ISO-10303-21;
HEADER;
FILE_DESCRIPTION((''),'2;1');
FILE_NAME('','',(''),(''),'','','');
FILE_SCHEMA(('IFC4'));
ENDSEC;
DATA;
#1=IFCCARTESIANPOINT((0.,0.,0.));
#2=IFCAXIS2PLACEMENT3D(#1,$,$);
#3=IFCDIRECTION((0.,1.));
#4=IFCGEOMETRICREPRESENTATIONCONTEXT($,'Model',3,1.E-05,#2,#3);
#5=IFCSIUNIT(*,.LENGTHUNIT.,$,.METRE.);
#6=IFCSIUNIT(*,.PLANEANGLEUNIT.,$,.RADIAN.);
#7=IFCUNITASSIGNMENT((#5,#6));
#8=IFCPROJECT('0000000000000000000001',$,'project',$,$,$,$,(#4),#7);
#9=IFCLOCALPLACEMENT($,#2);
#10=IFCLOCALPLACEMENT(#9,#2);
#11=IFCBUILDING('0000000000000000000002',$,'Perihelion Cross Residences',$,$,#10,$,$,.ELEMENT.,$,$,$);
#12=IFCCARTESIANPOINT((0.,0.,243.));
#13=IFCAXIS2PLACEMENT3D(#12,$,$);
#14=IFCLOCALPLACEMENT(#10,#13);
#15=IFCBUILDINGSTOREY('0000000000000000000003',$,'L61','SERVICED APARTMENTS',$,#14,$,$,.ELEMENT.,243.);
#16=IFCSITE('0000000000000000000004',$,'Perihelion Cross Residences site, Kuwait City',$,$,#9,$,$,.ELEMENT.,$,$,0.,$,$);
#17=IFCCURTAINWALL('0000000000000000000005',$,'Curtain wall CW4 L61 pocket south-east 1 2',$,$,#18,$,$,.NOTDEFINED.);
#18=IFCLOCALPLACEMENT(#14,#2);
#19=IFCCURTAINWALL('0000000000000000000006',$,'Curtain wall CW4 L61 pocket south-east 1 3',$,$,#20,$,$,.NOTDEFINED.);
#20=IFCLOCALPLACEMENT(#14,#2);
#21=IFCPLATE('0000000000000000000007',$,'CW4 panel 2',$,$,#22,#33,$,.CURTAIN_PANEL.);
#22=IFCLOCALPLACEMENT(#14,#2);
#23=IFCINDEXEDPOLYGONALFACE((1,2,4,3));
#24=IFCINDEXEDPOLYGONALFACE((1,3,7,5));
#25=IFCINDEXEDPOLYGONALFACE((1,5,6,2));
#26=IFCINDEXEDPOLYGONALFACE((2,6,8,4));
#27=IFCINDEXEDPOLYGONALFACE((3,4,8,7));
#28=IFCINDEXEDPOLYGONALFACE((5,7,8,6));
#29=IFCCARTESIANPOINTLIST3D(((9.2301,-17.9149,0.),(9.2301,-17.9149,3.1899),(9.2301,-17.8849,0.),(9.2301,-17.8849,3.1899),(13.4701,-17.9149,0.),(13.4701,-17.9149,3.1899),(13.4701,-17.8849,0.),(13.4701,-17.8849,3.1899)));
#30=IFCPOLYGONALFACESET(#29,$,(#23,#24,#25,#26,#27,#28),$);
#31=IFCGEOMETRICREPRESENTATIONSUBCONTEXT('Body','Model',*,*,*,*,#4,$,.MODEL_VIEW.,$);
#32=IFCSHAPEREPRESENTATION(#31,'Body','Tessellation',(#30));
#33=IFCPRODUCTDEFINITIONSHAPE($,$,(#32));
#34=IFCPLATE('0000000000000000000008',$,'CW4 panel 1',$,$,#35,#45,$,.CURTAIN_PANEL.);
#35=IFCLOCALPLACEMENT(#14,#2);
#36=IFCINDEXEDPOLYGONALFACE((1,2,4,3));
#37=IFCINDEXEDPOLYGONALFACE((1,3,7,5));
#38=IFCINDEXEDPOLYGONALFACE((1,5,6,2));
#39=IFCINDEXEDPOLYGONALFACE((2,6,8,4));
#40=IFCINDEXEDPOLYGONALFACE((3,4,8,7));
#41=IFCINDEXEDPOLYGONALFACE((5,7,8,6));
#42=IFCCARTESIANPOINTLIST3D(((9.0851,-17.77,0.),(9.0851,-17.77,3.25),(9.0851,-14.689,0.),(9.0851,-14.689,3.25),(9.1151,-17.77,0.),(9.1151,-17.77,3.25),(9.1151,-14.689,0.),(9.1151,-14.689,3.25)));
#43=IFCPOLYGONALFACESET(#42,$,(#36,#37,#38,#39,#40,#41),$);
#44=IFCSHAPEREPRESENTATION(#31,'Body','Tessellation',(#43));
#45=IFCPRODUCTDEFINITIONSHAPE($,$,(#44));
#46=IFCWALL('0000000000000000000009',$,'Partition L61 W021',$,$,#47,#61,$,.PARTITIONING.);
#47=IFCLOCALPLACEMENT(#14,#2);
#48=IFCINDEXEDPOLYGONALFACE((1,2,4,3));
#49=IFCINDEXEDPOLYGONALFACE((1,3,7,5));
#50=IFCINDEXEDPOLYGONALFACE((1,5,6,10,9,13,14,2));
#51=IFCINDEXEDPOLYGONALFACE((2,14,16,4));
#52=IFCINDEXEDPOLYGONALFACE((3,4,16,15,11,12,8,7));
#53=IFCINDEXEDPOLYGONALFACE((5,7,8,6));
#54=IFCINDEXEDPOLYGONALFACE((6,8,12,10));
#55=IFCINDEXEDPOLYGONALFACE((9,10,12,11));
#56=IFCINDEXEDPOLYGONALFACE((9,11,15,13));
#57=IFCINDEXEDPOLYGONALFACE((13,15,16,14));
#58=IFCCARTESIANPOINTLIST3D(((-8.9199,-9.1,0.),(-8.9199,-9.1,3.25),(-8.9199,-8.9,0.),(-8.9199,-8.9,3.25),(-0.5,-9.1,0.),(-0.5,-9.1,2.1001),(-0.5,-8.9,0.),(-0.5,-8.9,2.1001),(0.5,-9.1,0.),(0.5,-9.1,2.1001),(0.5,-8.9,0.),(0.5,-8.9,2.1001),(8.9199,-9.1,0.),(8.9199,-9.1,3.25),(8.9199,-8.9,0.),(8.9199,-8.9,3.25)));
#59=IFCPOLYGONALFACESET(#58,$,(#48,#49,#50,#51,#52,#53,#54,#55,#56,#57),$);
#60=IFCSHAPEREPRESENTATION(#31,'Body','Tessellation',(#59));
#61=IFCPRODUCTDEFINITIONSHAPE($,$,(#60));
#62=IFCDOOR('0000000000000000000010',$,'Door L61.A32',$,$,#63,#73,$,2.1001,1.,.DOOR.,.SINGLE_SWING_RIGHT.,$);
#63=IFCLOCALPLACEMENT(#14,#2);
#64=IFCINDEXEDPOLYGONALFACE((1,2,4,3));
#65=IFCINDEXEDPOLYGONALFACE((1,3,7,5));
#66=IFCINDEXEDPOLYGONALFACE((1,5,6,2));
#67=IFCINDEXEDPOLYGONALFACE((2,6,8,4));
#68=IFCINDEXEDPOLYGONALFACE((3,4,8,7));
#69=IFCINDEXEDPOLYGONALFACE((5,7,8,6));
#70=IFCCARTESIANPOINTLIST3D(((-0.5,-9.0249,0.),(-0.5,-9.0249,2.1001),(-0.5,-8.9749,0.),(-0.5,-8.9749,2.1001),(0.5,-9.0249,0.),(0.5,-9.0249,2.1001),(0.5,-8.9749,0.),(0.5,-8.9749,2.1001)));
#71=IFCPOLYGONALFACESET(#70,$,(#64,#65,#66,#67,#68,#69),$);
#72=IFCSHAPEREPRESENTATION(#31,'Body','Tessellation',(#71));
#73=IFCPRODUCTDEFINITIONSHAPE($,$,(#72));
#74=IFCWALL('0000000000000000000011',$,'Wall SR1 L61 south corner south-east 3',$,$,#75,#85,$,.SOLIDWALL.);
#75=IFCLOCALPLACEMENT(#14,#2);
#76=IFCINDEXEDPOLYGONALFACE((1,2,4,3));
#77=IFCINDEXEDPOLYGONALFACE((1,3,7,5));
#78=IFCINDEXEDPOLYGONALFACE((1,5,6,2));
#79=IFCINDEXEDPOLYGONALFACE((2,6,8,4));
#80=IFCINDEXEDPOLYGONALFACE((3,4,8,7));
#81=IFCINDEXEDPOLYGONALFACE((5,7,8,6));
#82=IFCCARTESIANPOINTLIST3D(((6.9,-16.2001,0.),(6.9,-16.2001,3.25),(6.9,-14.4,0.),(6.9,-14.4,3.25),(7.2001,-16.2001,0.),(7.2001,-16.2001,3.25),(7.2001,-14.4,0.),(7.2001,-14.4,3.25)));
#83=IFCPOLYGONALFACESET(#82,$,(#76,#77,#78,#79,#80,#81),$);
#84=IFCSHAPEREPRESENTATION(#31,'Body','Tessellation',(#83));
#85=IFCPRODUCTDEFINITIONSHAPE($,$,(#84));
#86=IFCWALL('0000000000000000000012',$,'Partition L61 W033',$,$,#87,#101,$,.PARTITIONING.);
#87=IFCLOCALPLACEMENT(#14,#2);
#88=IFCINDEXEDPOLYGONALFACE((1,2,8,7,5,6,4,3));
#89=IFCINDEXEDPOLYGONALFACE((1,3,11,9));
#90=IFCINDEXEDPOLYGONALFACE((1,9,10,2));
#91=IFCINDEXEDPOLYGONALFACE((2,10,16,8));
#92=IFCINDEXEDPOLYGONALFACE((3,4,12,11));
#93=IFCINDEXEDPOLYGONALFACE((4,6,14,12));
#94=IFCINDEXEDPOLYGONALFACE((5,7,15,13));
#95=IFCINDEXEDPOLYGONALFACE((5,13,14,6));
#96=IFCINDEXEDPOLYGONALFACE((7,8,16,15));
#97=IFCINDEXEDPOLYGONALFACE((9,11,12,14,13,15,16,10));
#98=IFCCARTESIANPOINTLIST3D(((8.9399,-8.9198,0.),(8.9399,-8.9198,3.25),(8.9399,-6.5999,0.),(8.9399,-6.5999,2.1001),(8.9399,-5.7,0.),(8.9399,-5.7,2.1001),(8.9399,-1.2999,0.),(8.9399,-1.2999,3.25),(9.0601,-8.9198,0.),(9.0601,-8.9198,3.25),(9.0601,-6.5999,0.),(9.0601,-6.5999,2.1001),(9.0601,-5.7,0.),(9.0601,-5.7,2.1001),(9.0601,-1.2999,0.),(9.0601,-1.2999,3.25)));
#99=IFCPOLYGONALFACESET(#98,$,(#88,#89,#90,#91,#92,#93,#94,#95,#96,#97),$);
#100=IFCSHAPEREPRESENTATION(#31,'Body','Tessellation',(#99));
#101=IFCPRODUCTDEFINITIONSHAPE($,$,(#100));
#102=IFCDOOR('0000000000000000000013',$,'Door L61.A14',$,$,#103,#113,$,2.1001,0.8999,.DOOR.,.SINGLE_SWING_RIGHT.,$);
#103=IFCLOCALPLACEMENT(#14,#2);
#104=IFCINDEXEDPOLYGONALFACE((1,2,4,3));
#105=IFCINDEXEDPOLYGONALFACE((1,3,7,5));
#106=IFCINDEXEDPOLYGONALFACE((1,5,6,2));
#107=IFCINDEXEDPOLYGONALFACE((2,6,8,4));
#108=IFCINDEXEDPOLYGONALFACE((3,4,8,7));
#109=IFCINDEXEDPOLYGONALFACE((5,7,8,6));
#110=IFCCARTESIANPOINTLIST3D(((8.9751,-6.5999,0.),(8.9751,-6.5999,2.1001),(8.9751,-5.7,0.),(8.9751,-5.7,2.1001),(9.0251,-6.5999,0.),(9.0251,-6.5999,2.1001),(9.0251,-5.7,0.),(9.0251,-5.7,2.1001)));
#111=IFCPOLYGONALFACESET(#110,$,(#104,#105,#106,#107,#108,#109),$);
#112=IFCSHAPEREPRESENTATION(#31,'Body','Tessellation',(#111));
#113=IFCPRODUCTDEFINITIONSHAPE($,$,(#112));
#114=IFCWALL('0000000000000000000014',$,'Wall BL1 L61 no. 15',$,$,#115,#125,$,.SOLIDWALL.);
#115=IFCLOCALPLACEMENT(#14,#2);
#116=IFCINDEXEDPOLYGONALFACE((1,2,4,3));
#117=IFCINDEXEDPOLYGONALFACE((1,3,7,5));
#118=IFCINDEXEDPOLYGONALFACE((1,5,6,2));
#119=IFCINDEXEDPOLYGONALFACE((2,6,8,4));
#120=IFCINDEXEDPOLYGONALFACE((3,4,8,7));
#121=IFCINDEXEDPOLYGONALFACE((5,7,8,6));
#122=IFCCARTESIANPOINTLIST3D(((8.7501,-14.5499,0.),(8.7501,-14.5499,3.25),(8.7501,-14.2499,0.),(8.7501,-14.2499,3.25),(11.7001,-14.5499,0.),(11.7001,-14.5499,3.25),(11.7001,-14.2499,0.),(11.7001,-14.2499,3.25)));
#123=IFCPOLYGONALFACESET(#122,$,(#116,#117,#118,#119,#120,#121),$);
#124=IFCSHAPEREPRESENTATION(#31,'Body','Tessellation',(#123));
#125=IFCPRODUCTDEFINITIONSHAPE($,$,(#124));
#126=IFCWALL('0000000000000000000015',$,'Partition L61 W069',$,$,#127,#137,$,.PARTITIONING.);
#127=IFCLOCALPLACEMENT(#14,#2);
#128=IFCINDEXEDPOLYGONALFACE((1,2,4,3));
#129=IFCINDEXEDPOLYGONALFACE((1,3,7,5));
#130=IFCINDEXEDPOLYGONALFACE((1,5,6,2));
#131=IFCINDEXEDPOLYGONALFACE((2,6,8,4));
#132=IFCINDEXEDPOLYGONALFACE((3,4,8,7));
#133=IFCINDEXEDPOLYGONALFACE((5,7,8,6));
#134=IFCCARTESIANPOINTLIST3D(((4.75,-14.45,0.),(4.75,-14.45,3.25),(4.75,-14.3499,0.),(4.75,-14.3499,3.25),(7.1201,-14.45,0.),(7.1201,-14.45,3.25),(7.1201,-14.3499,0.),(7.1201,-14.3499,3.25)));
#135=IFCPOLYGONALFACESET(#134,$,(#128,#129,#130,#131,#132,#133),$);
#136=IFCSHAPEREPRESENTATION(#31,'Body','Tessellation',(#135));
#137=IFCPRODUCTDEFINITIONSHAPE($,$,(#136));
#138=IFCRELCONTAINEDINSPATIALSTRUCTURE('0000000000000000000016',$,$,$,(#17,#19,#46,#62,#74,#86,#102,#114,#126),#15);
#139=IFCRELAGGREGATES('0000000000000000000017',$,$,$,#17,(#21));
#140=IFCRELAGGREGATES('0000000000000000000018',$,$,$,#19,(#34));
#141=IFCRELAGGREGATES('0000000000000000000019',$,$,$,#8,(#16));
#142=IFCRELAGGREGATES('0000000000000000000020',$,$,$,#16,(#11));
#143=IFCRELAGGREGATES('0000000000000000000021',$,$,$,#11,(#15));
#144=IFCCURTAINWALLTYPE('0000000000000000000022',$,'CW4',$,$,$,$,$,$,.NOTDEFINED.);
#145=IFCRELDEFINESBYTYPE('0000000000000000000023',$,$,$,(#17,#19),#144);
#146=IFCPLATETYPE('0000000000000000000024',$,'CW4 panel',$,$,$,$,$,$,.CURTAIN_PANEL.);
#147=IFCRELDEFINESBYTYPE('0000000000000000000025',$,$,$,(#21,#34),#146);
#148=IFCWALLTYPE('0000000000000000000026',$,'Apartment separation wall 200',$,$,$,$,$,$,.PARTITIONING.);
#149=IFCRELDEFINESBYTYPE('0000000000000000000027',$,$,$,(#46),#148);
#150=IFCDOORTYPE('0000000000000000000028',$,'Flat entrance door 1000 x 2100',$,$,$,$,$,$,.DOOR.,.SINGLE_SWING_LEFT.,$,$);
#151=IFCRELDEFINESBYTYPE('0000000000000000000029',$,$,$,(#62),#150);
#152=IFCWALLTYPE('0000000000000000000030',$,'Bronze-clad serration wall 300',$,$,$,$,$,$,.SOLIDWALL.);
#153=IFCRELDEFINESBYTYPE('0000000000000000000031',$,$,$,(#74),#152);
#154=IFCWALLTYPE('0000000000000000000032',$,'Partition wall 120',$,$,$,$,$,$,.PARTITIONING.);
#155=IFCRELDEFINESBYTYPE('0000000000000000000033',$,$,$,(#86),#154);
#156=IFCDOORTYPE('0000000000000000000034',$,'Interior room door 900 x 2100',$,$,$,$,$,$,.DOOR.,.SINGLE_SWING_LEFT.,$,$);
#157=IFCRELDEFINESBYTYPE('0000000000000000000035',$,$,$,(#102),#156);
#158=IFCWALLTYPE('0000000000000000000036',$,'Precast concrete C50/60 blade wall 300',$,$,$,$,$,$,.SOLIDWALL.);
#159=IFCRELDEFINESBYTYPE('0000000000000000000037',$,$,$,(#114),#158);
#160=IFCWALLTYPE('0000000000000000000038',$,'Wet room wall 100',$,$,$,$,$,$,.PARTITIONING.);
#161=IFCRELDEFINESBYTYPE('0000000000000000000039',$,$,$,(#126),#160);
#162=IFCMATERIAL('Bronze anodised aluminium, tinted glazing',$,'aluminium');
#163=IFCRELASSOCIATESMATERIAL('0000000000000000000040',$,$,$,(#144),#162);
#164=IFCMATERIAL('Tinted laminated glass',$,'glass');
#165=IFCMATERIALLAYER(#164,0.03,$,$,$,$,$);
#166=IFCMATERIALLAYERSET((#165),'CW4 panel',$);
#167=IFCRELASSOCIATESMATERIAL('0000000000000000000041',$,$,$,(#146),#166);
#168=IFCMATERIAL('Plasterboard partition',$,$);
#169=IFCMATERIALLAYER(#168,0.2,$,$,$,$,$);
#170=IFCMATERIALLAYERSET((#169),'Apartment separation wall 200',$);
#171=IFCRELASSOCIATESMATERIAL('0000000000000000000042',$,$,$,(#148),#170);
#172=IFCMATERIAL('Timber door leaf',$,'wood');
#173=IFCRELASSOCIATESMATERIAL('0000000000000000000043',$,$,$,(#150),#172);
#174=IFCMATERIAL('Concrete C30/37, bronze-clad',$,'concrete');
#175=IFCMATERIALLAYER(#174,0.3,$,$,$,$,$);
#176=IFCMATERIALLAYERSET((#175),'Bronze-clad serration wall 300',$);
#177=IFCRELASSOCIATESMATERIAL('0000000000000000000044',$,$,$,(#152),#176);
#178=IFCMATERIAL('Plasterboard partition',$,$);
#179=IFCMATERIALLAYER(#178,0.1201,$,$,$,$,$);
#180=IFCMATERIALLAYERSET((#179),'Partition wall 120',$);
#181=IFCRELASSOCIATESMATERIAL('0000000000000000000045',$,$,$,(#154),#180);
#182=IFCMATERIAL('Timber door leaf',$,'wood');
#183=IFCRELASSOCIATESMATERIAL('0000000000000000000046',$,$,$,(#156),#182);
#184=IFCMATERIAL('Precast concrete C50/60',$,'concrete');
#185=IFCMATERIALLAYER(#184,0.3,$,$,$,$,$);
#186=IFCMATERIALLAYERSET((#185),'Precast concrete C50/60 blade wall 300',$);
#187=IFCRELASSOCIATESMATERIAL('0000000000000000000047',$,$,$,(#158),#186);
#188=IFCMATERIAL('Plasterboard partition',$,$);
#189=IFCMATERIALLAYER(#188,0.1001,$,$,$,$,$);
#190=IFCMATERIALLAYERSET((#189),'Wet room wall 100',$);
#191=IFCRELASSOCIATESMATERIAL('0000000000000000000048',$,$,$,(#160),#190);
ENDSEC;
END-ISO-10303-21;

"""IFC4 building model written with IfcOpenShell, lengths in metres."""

from ifc_helpers import new_model, si_unit, direction, frame, frame_2d, origin, origin_2d, place, context, subcontext, project, spatial, rectangle, extrude, material, layer, layer_set, type_object, element, fill, aggregate, save


model = new_model("IFC4")

# Units and contexts
model_context = context("Model", 3, precision=1e-05, world=origin(), true_north=direction((0.0, 1.0)))
body_context = subcontext(model_context, "Body", "Model", "MODEL_VIEW")
ifc_project = project(units=[si_unit("LENGTHUNIT", "METRE"), si_unit("PLANEANGLEUNIT", "RADIAN")], contexts=[model_context])

# Site, building, storey
site_placement = place(None, origin())
site = spatial("IfcSite", under=ifc_project, at=site_placement, Name="Perihelion Cross Residences site, Kuwait City", CompositionType="ELEMENT", RefElevation=0.0)
building_placement = place(site_placement, origin())
building = spatial("IfcBuilding", under=site, at=building_placement, Name="Perihelion Cross Residences", CompositionType="ELEMENT")
storey_placement = place(building_placement, frame((0.0, 0.0, 243.0)))
storey = spatial("IfcBuildingStorey", under=building, at=storey_placement, Name="L61", Description="SERVICED APARTMENTS", CompositionType="ELEMENT", Elevation=243.0)

# Curtain wall
ifc_material_1 = material(Name="Bronze anodised aluminium, tinted glazing", Category="aluminium")
curtain_wall_type_1 = type_object("IfcCurtainWallType", Name="CW4", PredefinedType="NOTDEFINED", material=ifc_material_1)
curtain_wall_1_placement = place(storey_placement, origin())
curtain_wall_1 = element("IfcCurtainWall", 1, at=curtain_wall_1_placement, inside=storey, type_object=curtain_wall_type_1, Name="Curtain wall CW4 L61 pocket south-east 1 2", PredefinedType="NOTDEFINED")

# Curtain wall
curtain_wall_2_placement = place(storey_placement, origin())
curtain_wall_2 = element("IfcCurtainWall", 2, at=curtain_wall_2_placement, inside=storey, type_object=curtain_wall_type_1, Name="Curtain wall CW4 L61 pocket south-east 1 3", PredefinedType="NOTDEFINED")

# Plates
ifc_material_2 = material(Name="Tinted laminated glass", Category="glass")
ifc_layer_1 = layer(ifc_material_2, 0.03)
ifc_layer_set_1 = layer_set([ifc_layer_1], Name="CW4 panel")
plate_type_1 = type_object("IfcPlateType", Name="CW4 panel", PredefinedType="CURTAIN_PANEL", material=ifc_layer_set_1)
plate_1_placement = place(storey_placement, frame((11.3501, -17.8999, 0.0), z_axis=(0.0, 0.0, 1.0), x_axis=(-1.0, 0.0, 0.0)))
plate_1 = element("IfcPlate", 3, at=plate_1_placement, type_object=plate_type_1, Name="CW4 panel 2", PredefinedType="CURTAIN_PANEL", context=body_context, shape_type="SweptSolid", body=[
    extrude(rectangle(XDim=4.24, YDim=0.03, at=origin_2d()), origin(), (0.0, 0.0, 1.0), 3.1899),
])
aggregate(curtain_wall_1, [plate_1])
plate_2_placement = place(storey_placement, frame((9.1001, -16.2295, 0.0), z_axis=(0.0, 0.0, 1.0), x_axis=(0.0, 1.0, 0.0)))
plate_2 = element("IfcPlate", 4, at=plate_2_placement, type_object=plate_type_1, Name="CW4 panel 1", PredefinedType="CURTAIN_PANEL", context=body_context, shape_type="SweptSolid", body=[
    extrude(rectangle(XDim=3.0811, YDim=0.03, at=origin_2d()), origin(), (0.0, 0.0, 1.0), 3.25),
])
aggregate(curtain_wall_2, [plate_2])

# Wall, opening, door
ifc_material_3 = material(Name="Plasterboard partition")
ifc_layer_2 = layer(ifc_material_3, 0.2)
ifc_layer_set_2 = layer_set([ifc_layer_2], Name="Apartment separation wall 200")
wall_type_1 = type_object("IfcWallType", Name="Apartment separation wall 200", PredefinedType="PARTITIONING", material=ifc_layer_set_2)
wall_1_placement = place(storey_placement, frame((8.9199, -9.0, 0.0), z_axis=(0.0, 0.0, 1.0), x_axis=(-1.0, 0.0, 0.0)))
wall_1 = element("IfcWall", 5, at=wall_1_placement, inside=storey, type_object=wall_type_1, Name="Partition L61 W021", PredefinedType="PARTITIONING", context=body_context, shape_type="SweptSolid", body=[
    extrude(rectangle(XDim=17.8398, YDim=0.2, at=frame_2d((8.9199, 0.0))), origin(), (0.0, 0.0, 1.0), 3.25),
])
opening_1_placement = place(wall_1_placement, frame((8.4199, 0.0, 0.0)))
opening_1 = element("IfcOpeningElement", 6, at=opening_1_placement, cuts=wall_1, PredefinedType="OPENING", context=body_context, shape_type="SweptSolid", body=[
    extrude(rectangle(XDim=1.0, YDim=2.1001, at=frame_2d((0.5, 1.05))), frame((0.0, 0.1099, 0.0), z_axis=(0.0, -1.0, 0.0), x_axis=(1.0, 0.0, 0.0)), (0.0, 0.0, 1.0), 0.22),
])
ifc_material_4 = material(Name="Timber door leaf", Category="wood")
door_type_1 = type_object("IfcDoorType", Name="Flat entrance door 1000 x 2100", OperationType="SINGLE_SWING_LEFT", PredefinedType="DOOR", material=ifc_material_4)
door_1_placement = place(opening_1_placement, origin())
door_1 = element("IfcDoor", 7, at=door_1_placement, inside=storey, type_object=door_type_1, Name="Door L61.A32", OperationType="SINGLE_SWING_RIGHT", OverallHeight=2.1001, OverallWidth=1.0, PredefinedType="DOOR", context=body_context, shape_type="SweptSolid", body=[
    extrude(rectangle(XDim=1.0, YDim=2.1001, at=frame_2d((0.5, 1.05))), frame((0.0, 0.0249, 0.0), z_axis=(0.0, -1.0, 0.0), x_axis=(1.0, 0.0, 0.0)), (0.0, 0.0, 1.0), 0.05),
])
fill(opening_1, door_1)

# Wall
ifc_material_5 = material(Name="Concrete C30/37, bronze-clad", Category="concrete")
ifc_layer_3 = layer(ifc_material_5, 0.3)
ifc_layer_set_3 = layer_set([ifc_layer_3], Name="Bronze-clad serration wall 300")
wall_type_2 = type_object("IfcWallType", Name="Bronze-clad serration wall 300", PredefinedType="SOLIDWALL", material=ifc_layer_set_3)
wall_2_placement = place(storey_placement, frame((7.05, -16.2, 0.0), z_axis=(0.0, 0.0, 1.0), x_axis=(0.0, 1.0, 0.0)))
element("IfcWall", 8, at=wall_2_placement, inside=storey, type_object=wall_type_2, Name="Wall SR1 L61 south corner south-east 3", PredefinedType="SOLIDWALL", context=body_context, shape_type="SweptSolid", body=[
    extrude(rectangle(XDim=1.8, YDim=0.3, at=frame_2d((0.8999, 0.0))), origin(), (0.0, 0.0, 1.0), 3.25),
])

# Wall, opening, door
ifc_material_6 = material(Name="Plasterboard partition")
ifc_layer_4 = layer(ifc_material_6, 0.1201)
ifc_layer_set_4 = layer_set([ifc_layer_4], Name="Partition wall 120")
wall_type_3 = type_object("IfcWallType", Name="Partition wall 120", PredefinedType="PARTITIONING", material=ifc_layer_set_4)
wall_3_placement = place(storey_placement, frame((9.0, -8.9199, 0.0), z_axis=(0.0, 0.0, 1.0), x_axis=(0.0, 1.0, 0.0)))
wall_3 = element("IfcWall", 9, at=wall_3_placement, inside=storey, type_object=wall_type_3, Name="Partition L61 W033", PredefinedType="PARTITIONING", context=body_context, shape_type="SweptSolid", body=[
    extrude(rectangle(XDim=7.6199, YDim=0.1201, at=frame_2d((3.8101, 0.0))), origin(), (0.0, 0.0, 1.0), 3.25),
])
opening_2_placement = place(wall_3_placement, frame((2.3201, 0.0, 0.0)))
opening_2 = element("IfcOpeningElement", 10, at=opening_2_placement, cuts=wall_3, PredefinedType="OPENING", context=body_context, shape_type="SweptSolid", body=[
    extrude(rectangle(XDim=0.8999, YDim=2.1001, at=frame_2d((0.45, 1.05))), frame((0.0, 0.0701, 0.0), z_axis=(0.0, -1.0, 0.0), x_axis=(1.0, 0.0, 0.0)), (0.0, 0.0, 1.0), 0.1401),
])
ifc_material_7 = material(Name="Timber door leaf", Category="wood")
door_type_2 = type_object("IfcDoorType", Name="Interior room door 900 x 2100", OperationType="SINGLE_SWING_LEFT", PredefinedType="DOOR", material=ifc_material_7)
door_2_placement = place(opening_2_placement, origin())
door_2 = element("IfcDoor", 11, at=door_2_placement, inside=storey, type_object=door_type_2, Name="Door L61.A14", OperationType="SINGLE_SWING_RIGHT", OverallHeight=2.1001, OverallWidth=0.8999, PredefinedType="DOOR", context=body_context, shape_type="SweptSolid", body=[
    extrude(rectangle(XDim=0.8999, YDim=2.1001, at=frame_2d((0.45, 1.05))), frame((0.0, 0.0249, 0.0), z_axis=(0.0, -1.0, 0.0), x_axis=(1.0, 0.0, 0.0)), (0.0, 0.0, 1.0), 0.05),
])
fill(opening_2, door_2)

# Walls
ifc_material_8 = material(Name="Precast concrete C50/60", Category="concrete")
ifc_layer_5 = layer(ifc_material_8, 0.3)
ifc_layer_set_5 = layer_set([ifc_layer_5], Name="Precast concrete C50/60 blade wall 300")
wall_type_4 = type_object("IfcWallType", Name="Precast concrete C50/60 blade wall 300", PredefinedType="SOLIDWALL", material=ifc_layer_set_5)
wall_4_placement = place(storey_placement, frame((8.75, -14.3999, 0.0), z_axis=(0.0, 0.0, 1.0), x_axis=(1.0, 0.0, 0.0)))
element("IfcWall", 12, at=wall_4_placement, inside=storey, type_object=wall_type_4, Name="Wall BL1 L61 no. 15", PredefinedType="SOLIDWALL", context=body_context, shape_type="SweptSolid", body=[
    extrude(rectangle(XDim=2.95, YDim=0.3, at=frame_2d((1.4751, 0.0))), origin(), (0.0, 0.0, 1.0), 3.25),
])
ifc_material_9 = material(Name="Plasterboard partition")
ifc_layer_6 = layer(ifc_material_9, 0.1001)
ifc_layer_set_6 = layer_set([ifc_layer_6], Name="Wet room wall 100")
wall_type_5 = type_object("IfcWallType", Name="Wet room wall 100", PredefinedType="PARTITIONING", material=ifc_layer_set_6)
wall_5_placement = place(storey_placement, frame((7.1201, -14.3999, 0.0), z_axis=(0.0, 0.0, 1.0), x_axis=(-1.0, 0.0, 0.0)))
element("IfcWall", 13, at=wall_5_placement, inside=storey, type_object=wall_type_5, Name="Partition L61 W069", PredefinedType="PARTITIONING", context=body_context, shape_type="SweptSolid", body=[
    extrude(rectangle(XDim=2.3701, YDim=0.1001, at=frame_2d((1.1851, 0.0))), origin(), (0.0, 0.0, 1.0), 3.25),
])

save(model, "model.ifc")
